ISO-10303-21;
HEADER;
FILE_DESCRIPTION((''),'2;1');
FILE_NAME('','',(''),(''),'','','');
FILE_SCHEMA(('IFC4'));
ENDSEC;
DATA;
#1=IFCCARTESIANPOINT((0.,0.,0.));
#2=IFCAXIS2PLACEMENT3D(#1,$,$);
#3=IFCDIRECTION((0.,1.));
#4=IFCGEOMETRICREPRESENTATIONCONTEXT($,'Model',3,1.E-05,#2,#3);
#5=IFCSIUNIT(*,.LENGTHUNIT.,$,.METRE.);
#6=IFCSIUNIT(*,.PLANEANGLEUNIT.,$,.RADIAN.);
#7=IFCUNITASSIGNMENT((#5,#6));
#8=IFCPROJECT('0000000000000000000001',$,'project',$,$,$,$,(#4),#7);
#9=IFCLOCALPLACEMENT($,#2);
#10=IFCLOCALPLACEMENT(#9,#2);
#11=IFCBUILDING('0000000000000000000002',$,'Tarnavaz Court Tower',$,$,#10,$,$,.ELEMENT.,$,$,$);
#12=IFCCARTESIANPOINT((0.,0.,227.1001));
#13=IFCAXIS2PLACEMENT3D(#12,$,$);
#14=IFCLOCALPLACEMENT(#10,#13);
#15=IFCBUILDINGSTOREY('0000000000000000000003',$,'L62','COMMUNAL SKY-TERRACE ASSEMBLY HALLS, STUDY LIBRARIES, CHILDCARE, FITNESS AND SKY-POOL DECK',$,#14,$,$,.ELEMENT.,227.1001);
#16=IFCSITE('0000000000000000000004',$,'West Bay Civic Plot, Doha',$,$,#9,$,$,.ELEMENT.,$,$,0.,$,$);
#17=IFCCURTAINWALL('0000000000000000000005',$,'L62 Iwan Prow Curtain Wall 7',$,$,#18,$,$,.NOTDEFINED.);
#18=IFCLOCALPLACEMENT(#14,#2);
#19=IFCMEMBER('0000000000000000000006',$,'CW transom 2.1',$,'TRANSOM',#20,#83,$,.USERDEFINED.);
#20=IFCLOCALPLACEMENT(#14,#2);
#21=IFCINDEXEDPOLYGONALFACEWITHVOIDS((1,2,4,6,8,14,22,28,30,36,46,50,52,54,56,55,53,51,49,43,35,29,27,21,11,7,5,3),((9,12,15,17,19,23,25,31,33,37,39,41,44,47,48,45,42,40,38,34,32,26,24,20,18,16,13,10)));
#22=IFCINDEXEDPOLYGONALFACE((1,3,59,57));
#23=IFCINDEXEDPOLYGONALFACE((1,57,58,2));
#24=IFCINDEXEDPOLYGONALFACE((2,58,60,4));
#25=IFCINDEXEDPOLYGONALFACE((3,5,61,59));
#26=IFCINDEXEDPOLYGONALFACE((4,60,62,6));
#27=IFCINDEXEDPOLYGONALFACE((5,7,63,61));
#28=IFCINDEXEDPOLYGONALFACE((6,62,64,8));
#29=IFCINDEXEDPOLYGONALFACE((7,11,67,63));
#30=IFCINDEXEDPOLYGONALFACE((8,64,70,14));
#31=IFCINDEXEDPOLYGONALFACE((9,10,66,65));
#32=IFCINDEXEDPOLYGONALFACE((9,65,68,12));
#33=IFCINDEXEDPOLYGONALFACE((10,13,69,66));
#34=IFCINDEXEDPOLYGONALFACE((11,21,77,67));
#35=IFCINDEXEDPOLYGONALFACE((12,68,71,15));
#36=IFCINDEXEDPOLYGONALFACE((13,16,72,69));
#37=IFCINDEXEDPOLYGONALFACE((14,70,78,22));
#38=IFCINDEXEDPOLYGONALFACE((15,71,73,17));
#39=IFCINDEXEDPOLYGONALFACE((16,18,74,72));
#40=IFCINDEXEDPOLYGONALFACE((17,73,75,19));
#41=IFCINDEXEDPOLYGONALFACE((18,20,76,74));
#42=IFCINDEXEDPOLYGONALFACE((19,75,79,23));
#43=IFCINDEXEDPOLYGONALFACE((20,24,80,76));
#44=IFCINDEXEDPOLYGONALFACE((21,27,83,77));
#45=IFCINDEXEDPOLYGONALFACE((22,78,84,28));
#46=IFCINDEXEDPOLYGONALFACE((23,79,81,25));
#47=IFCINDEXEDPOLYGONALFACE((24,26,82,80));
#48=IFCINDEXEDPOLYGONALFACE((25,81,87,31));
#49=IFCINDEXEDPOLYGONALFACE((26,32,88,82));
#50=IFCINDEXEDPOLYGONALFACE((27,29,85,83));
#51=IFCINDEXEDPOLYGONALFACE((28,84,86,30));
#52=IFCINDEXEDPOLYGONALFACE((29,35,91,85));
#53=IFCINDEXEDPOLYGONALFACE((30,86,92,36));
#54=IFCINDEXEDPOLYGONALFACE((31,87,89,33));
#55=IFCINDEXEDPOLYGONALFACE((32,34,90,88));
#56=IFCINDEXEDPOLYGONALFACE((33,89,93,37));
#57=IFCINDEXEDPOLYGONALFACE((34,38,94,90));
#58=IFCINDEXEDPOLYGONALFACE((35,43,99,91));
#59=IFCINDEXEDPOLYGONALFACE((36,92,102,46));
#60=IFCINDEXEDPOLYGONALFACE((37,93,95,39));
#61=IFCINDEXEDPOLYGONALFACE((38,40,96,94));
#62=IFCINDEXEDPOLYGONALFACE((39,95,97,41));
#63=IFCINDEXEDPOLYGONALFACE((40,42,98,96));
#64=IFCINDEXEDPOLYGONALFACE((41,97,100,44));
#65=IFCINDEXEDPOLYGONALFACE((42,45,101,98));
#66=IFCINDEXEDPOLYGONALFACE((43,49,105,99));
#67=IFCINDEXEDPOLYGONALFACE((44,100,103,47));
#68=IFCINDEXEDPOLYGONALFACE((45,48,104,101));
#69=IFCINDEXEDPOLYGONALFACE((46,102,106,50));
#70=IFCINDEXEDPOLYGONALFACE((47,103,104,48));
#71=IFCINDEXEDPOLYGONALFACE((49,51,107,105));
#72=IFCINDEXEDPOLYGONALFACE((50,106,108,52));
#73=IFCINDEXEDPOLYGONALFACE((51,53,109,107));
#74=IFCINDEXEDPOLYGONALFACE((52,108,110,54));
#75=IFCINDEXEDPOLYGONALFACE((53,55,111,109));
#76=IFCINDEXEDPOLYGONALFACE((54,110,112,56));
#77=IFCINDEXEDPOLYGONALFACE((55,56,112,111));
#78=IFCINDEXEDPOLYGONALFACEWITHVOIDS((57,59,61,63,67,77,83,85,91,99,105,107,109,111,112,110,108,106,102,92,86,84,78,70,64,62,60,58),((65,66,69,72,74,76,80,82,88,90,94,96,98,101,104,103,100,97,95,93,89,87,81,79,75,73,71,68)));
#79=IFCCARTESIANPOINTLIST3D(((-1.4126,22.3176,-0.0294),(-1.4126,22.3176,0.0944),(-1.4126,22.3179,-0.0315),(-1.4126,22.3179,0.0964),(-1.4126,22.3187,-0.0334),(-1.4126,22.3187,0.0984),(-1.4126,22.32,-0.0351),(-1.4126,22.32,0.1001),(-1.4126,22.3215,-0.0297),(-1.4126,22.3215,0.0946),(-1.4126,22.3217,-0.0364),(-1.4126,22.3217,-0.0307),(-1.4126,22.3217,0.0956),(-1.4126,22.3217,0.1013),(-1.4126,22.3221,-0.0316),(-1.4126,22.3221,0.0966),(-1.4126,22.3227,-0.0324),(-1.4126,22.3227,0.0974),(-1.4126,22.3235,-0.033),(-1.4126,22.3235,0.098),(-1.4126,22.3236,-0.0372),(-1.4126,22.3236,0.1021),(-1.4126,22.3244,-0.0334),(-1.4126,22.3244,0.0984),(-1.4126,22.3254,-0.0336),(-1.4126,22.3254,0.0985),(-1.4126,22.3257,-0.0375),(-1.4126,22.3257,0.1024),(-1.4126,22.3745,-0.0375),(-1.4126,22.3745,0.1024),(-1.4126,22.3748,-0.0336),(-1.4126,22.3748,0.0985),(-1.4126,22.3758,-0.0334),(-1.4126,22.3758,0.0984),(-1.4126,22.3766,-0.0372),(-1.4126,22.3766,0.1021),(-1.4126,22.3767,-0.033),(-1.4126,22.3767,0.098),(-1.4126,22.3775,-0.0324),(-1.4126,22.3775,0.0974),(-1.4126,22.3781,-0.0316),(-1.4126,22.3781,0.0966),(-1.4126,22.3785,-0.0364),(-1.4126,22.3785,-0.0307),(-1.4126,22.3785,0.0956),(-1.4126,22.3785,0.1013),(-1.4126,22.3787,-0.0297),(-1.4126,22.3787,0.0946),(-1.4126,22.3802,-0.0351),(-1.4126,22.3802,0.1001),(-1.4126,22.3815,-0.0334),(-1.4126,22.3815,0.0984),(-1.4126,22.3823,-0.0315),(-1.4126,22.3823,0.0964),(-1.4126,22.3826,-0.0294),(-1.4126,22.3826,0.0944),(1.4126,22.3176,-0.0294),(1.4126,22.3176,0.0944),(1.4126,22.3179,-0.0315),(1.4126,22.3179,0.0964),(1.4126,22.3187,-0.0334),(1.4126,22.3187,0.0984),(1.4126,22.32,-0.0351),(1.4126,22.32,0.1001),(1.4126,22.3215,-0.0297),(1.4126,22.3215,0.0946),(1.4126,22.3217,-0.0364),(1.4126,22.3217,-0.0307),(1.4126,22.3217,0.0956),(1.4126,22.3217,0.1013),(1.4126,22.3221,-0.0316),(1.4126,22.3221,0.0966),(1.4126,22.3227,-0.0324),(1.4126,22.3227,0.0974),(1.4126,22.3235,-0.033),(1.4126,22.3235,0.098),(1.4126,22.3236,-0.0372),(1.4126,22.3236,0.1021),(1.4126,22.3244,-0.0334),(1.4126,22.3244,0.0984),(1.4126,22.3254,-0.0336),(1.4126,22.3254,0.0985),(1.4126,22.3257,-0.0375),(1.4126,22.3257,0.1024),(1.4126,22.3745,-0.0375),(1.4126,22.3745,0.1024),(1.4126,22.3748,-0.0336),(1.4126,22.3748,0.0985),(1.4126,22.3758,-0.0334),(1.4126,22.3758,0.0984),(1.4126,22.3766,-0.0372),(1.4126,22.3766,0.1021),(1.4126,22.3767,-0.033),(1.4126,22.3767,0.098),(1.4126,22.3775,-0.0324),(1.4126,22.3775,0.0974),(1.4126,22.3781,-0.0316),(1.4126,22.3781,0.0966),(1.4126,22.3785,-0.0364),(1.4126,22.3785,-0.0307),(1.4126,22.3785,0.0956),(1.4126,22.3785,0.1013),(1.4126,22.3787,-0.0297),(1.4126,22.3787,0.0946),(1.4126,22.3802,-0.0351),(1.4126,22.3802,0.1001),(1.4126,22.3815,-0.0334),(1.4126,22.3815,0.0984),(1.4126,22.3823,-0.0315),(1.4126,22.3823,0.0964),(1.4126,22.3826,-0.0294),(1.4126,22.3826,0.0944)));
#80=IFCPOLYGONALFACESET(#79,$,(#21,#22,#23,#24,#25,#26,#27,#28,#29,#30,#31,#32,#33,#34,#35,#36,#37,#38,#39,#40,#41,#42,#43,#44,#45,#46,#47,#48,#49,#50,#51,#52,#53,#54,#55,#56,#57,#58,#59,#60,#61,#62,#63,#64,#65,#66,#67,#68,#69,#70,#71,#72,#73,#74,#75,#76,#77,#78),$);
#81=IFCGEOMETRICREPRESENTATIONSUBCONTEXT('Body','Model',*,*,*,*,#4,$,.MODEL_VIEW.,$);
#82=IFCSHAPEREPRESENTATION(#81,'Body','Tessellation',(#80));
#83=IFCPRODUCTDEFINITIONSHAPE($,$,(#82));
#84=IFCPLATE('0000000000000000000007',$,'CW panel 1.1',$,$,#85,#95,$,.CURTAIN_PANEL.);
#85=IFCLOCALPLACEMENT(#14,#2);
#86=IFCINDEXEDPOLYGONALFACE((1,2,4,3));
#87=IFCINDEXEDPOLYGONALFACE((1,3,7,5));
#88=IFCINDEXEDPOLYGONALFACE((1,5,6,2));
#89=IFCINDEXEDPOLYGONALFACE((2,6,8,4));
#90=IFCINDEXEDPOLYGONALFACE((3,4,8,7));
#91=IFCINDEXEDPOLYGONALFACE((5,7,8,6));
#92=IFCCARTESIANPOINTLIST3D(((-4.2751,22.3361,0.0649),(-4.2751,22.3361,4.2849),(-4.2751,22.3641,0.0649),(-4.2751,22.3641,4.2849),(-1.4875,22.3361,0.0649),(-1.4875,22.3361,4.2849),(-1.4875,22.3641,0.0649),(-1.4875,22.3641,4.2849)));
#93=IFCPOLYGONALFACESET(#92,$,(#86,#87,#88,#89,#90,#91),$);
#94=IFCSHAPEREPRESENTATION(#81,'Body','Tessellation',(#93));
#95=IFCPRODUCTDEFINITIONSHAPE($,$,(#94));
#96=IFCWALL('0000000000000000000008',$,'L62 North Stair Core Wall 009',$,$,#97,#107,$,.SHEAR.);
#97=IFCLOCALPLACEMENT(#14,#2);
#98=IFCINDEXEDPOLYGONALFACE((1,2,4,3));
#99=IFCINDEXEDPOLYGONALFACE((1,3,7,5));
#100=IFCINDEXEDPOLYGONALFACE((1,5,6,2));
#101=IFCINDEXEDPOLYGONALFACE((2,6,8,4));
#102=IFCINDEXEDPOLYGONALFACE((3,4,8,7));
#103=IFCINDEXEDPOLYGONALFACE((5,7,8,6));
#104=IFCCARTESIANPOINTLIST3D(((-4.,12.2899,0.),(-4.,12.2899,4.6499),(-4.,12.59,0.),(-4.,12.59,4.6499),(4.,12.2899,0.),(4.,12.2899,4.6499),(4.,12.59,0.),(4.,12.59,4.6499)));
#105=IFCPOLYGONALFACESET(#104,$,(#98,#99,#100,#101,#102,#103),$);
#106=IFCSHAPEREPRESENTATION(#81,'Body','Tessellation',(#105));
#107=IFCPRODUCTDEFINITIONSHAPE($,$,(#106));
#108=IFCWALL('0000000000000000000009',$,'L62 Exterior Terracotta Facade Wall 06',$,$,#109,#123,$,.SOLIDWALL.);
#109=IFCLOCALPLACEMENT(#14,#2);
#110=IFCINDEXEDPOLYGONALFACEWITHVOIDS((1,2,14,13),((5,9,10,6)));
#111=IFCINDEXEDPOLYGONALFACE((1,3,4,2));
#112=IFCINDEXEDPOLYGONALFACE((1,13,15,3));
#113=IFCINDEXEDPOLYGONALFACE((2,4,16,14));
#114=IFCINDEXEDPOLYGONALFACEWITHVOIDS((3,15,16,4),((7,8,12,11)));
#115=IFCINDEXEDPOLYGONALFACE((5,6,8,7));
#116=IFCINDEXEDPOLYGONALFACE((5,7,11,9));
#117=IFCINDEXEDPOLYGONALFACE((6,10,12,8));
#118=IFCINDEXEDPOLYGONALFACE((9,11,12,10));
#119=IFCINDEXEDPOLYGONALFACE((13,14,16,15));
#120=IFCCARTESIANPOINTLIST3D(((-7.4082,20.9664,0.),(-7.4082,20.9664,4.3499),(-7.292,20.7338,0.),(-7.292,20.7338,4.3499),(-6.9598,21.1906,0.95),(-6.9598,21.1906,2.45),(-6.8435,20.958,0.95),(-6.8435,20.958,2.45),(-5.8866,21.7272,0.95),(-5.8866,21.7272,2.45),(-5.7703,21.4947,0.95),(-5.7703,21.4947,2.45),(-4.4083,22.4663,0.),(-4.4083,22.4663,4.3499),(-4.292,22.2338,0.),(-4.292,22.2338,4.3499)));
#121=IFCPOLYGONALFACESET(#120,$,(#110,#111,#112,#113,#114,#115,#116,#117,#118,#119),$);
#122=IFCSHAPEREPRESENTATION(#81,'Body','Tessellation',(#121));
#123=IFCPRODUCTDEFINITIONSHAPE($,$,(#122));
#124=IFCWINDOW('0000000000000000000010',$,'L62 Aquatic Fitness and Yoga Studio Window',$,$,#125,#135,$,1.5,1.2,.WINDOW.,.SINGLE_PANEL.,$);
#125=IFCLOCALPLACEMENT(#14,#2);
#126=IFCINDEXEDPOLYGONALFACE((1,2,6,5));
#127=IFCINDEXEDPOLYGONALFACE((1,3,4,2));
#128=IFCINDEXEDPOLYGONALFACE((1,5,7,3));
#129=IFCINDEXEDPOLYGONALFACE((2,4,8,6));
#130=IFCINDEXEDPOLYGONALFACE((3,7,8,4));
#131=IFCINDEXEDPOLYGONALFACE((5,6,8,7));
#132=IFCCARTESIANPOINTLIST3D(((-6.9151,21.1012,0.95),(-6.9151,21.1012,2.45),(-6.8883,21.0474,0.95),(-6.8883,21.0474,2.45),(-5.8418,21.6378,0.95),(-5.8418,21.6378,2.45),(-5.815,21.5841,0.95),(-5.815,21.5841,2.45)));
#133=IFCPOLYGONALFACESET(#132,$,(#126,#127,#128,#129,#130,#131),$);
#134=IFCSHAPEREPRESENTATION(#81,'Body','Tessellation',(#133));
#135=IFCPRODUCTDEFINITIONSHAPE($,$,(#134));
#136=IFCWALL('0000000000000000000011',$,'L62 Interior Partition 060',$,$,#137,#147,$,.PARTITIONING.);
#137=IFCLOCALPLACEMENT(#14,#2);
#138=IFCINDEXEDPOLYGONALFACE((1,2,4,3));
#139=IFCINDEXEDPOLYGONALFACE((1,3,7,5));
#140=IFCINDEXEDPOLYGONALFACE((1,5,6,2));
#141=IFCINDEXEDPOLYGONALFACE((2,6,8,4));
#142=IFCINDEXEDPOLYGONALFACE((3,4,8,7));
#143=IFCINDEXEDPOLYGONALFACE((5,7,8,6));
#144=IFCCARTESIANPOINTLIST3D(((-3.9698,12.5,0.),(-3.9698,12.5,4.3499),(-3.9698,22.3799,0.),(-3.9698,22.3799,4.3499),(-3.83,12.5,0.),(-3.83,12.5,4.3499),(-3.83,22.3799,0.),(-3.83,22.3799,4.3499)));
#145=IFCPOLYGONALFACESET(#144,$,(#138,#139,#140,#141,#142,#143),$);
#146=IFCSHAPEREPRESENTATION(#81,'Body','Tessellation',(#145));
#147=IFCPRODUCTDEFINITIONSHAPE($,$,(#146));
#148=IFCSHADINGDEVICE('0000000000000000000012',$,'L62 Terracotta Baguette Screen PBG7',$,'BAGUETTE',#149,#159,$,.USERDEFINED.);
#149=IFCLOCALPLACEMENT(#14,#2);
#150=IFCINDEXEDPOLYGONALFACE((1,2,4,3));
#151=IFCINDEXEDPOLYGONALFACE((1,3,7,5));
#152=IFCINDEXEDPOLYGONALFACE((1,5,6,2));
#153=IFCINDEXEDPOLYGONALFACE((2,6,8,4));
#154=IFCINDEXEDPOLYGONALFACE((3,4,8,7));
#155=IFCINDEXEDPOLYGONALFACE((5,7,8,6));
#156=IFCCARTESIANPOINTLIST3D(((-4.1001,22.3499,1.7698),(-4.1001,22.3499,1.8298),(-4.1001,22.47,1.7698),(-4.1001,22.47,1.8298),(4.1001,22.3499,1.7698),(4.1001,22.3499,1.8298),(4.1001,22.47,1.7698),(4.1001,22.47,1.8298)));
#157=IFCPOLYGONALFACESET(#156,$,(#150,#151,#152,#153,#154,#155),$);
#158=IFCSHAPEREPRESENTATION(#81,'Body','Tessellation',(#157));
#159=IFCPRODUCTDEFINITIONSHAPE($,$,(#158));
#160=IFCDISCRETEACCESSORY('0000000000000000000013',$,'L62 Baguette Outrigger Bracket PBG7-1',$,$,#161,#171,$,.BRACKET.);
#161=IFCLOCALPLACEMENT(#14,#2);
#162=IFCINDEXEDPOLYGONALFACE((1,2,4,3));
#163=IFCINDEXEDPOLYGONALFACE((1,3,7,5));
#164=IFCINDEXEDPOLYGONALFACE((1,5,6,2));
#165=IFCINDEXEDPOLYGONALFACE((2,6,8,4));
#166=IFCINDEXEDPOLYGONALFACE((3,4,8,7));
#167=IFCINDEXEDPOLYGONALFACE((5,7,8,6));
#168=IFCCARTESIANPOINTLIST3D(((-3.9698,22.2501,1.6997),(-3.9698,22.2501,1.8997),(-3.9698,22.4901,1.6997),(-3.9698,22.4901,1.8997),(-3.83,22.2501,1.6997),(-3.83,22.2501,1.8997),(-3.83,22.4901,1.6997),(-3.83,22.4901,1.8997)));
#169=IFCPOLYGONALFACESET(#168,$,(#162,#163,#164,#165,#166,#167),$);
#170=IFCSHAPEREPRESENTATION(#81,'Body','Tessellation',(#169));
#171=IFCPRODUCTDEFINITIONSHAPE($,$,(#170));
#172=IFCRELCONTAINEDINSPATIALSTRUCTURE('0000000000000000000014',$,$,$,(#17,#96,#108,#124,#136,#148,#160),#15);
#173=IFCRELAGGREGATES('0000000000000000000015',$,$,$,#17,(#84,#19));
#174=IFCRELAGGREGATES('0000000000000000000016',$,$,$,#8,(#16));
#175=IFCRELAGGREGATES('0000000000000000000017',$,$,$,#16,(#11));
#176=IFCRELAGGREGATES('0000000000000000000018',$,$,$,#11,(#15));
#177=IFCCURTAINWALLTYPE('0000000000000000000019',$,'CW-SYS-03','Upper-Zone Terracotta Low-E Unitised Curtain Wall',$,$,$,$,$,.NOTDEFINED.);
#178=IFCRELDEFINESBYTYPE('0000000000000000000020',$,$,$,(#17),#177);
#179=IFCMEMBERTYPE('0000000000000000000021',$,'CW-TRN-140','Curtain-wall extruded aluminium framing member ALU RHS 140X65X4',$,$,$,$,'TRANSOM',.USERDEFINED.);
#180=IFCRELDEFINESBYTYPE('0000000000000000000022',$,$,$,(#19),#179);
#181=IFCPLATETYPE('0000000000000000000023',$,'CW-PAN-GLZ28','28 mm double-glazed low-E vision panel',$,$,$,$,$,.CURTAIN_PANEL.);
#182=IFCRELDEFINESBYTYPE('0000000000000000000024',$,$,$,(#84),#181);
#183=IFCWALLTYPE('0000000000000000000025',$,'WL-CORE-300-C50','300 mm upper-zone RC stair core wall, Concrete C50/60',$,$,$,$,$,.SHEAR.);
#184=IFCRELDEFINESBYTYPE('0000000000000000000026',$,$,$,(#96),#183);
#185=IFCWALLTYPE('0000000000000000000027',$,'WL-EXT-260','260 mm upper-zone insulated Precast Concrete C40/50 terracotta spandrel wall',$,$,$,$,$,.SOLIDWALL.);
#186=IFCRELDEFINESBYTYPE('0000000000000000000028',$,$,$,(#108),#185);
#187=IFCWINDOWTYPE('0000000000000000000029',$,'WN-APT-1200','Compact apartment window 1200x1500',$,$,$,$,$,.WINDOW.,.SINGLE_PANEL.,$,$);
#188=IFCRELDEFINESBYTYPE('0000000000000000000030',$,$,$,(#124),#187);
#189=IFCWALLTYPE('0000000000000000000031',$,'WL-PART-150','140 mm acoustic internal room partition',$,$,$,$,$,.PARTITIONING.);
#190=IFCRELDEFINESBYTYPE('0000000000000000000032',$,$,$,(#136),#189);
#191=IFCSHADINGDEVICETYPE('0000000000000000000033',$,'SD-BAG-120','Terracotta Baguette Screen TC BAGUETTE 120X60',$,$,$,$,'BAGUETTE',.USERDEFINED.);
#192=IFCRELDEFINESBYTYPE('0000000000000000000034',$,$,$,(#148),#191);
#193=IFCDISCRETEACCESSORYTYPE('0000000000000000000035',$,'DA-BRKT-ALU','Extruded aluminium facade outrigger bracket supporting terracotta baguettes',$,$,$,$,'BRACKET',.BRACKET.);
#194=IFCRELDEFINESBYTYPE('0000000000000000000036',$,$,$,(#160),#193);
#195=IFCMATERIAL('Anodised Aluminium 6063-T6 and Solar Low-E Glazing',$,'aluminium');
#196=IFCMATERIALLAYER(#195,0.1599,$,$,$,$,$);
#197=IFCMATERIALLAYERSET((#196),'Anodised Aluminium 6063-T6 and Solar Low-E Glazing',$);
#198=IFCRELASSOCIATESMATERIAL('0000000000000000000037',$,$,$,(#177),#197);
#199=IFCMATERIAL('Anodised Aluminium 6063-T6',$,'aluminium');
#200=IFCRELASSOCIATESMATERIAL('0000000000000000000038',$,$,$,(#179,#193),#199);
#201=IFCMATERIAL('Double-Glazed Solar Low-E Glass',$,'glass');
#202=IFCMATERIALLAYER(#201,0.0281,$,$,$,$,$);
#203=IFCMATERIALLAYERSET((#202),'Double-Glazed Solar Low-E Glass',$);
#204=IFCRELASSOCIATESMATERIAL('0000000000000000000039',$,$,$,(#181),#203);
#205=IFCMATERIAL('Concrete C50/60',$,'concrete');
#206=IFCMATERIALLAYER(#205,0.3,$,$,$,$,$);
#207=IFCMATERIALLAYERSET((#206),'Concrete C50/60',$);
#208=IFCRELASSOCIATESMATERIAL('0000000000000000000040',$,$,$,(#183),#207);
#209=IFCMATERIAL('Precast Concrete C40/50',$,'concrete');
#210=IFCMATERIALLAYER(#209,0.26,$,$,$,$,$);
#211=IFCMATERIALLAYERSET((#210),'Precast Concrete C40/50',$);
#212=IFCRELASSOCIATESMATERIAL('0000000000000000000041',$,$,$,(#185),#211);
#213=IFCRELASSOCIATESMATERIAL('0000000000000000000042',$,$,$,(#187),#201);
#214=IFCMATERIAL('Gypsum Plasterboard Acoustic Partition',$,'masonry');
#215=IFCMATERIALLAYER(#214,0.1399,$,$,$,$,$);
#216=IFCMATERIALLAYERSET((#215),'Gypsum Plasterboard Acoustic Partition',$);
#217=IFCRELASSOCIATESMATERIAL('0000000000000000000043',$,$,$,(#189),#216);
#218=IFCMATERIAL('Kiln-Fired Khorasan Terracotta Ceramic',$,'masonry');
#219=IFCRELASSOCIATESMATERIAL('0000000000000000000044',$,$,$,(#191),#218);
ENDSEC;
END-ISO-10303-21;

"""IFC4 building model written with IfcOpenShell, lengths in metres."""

from ifc_helpers import new_model, si_unit, direction, frame, frame_2d, origin, origin_2d, place, context, subcontext, project, spatial, rectangle, hollow_rectangle, extrude, material, layer, layer_set, material_profile, profile_set, type_object, element, fill, aggregate, save


model = new_model("IFC4")

# Units and contexts
model_context = context("Model", 3, precision=1e-05, world=origin(), true_north=direction((0.0, 1.0)))
body_context = subcontext(model_context, "Body", "Model", "MODEL_VIEW")
ifc_project = project(units=[si_unit("LENGTHUNIT", "METRE"), si_unit("PLANEANGLEUNIT", "RADIAN")], contexts=[model_context])

# Site, building, storey
site_placement = place(None, origin())
site = spatial("IfcSite", under=ifc_project, at=site_placement, Name="West Bay Civic Plot, Doha", CompositionType="ELEMENT", RefElevation=0.0)
building_placement = place(site_placement, origin())
building = spatial("IfcBuilding", under=site, at=building_placement, Name="Tarnavaz Court Tower", CompositionType="ELEMENT")
storey_placement = place(building_placement, frame((0.0, 0.0, 227.1001)))
storey = spatial("IfcBuildingStorey", under=building, at=storey_placement, Name="L62", Description="COMMUNAL SKY-TERRACE ASSEMBLY HALLS, STUDY LIBRARIES, CHILDCARE, FITNESS AND SKY-POOL DECK", CompositionType="ELEMENT", Elevation=227.1001)

# Curtain wall, member, plate
ifc_material_1 = material(Name="Anodised Aluminium 6063-T6 and Solar Low-E Glazing", Category="aluminium")
ifc_layer_1 = layer(ifc_material_1, 0.1599)
ifc_layer_set_1 = layer_set([ifc_layer_1], Name="Anodised Aluminium 6063-T6 and Solar Low-E Glazing")
curtain_wall_type = type_object("IfcCurtainWallType", Name="CW-SYS-03", Description="Upper-Zone Terracotta Low-E Unitised Curtain Wall", PredefinedType="NOTDEFINED", material=ifc_layer_set_1)
curtain_wall_placement = place(storey_placement, origin())
curtain_wall = element("IfcCurtainWall", 1, at=curtain_wall_placement, inside=storey, type_object=curtain_wall_type, Name="L62 Iwan Prow Curtain Wall 7", PredefinedType="NOTDEFINED")
ifc_material_2 = material(Name="Anodised Aluminium 6063-T6", Category="aluminium")
ifc_material_profile_1 = material_profile(ifc_material_2, hollow_rectangle(XDim=0.0649, YDim=0.1399, WallThickness=0.0039, InnerFilletRadius=0.0039, OuterFilletRadius=0.0081, at=origin_2d()), Name="ALU RHS 140X65X4")
ifc_profile_set_1 = profile_set([ifc_material_profile_1], Name="Anodised Aluminium 6063-T6")
member_type_1 = type_object("IfcMemberType", Name="CW-TRN-140", Description="Curtain-wall extruded aluminium framing member ALU RHS 140X65X4", ElementType="TRANSOM", PredefinedType="USERDEFINED", material=ifc_profile_set_1)
member_1_placement = place(storey_placement, frame((-1.4126, 22.3501, 0.0325), z_axis=(1.0, 0.0, 0.0), x_axis=(0.0, 1.0, 0.0)))
member_1 = element("IfcMember", 2, at=member_1_placement, type_object=member_type_1, Name="CW transom 2.1", ObjectType="TRANSOM", PredefinedType="USERDEFINED", context=body_context, shape_type="SweptSolid", body=[
    extrude(hollow_rectangle(XDim=0.0649, YDim=0.1399, WallThickness=0.0039, InnerFilletRadius=0.0039, OuterFilletRadius=0.0081, at=origin_2d()), origin(), (0.0, 0.0, 1.0), 2.8252),
])
ifc_material_3 = material(Name="Double-Glazed Solar Low-E Glass", Category="glass")
ifc_layer_2 = layer(ifc_material_3, 0.0281)
ifc_layer_set_2 = layer_set([ifc_layer_2], Name="Double-Glazed Solar Low-E Glass")
plate_type = type_object("IfcPlateType", Name="CW-PAN-GLZ28", Description="28 mm double-glazed low-E vision panel", PredefinedType="CURTAIN_PANEL", material=ifc_layer_set_2)
plate_placement = place(storey_placement, frame((-2.8813, 22.3501, 0.0649), z_axis=(0.0, 0.0, 1.0), x_axis=(1.0, 0.0, 0.0)))
plate = element("IfcPlate", 3, at=plate_placement, type_object=plate_type, Name="CW panel 1.1", PredefinedType="CURTAIN_PANEL", context=body_context, shape_type="SweptSolid", body=[
    extrude(rectangle(XDim=2.7876, YDim=0.0281, at=origin_2d()), origin(), (0.0, 0.0, 1.0), 4.22),
])
aggregate(curtain_wall, [plate, member_1])

# Wall
ifc_material_4 = material(Name="Concrete C50/60", Category="concrete")
ifc_layer_3 = layer(ifc_material_4, 0.3)
ifc_layer_set_3 = layer_set([ifc_layer_3], Name="Concrete C50/60")
wall_type_1 = type_object("IfcWallType", Name="WL-CORE-300-C50", Description="300 mm upper-zone RC stair core wall, Concrete C50/60", PredefinedType="SHEAR", material=ifc_layer_set_3)
wall_1_placement = place(storey_placement, frame((-4.0, 12.4399, 0.0), z_axis=(0.0, 0.0, 1.0), x_axis=(1.0, 0.0, 0.0)))
element("IfcWall", 4, at=wall_1_placement, inside=storey, type_object=wall_type_1, Name="L62 North Stair Core Wall 009", PredefinedType="SHEAR", context=body_context, shape_type="SweptSolid", body=[
    extrude(rectangle(XDim=8.0, YDim=0.3, at=frame_2d((4.0, 0.0))), origin(), (0.0, 0.0, 1.0), 4.6499),
])

# Wall, opening, window
ifc_material_5 = material(Name="Precast Concrete C40/50", Category="concrete")
ifc_layer_4 = layer(ifc_material_5, 0.26)
ifc_layer_set_4 = layer_set([ifc_layer_4], Name="Precast Concrete C40/50")
wall_type_2 = type_object("IfcWallType", Name="WL-EXT-260", Description="260 mm upper-zone insulated Precast Concrete C40/50 terracotta spandrel wall", PredefinedType="SOLIDWALL", material=ifc_layer_set_4)
wall_2_placement = place(storey_placement, frame((-7.3501, 20.8501, 0.0), z_axis=(0.0, 0.0, 1.0), x_axis=(0.894427, 0.447214, 0.0)))
wall_2 = element("IfcWall", 5, at=wall_2_placement, inside=storey, type_object=wall_type_2, Name="L62 Exterior Terracotta Facade Wall 06", PredefinedType="SOLIDWALL", context=body_context, shape_type="SweptSolid", body=[
    extrude(rectangle(XDim=3.354, YDim=0.26, at=frame_2d((1.677, 0.0))), origin(), (0.0, 0.0, 1.0), 4.3499),
])
opening_placement = place(wall_2_placement, frame((0.5012, 0.0, 0.95)))
opening = element("IfcOpeningElement", 6, at=opening_placement, cuts=wall_2, PredefinedType="OPENING", context=body_context, shape_type="SweptSolid", body=[
    extrude(rectangle(XDim=1.2, YDim=1.5, at=frame_2d((0.6001, 0.75))), frame((0.0, 0.1399, 0.0), z_axis=(0.0, -1.0, 0.0), x_axis=(1.0, 0.0, 0.0)), (0.0, 0.0, 1.0), 0.28),
])
window_type = type_object("IfcWindowType", Name="WN-APT-1200", Description="Compact apartment window 1200x1500", PartitioningType="SINGLE_PANEL", PredefinedType="WINDOW", material=ifc_material_3)
window_placement = place(opening_placement, origin())
window = element("IfcWindow", 7, at=window_placement, inside=storey, type_object=window_type, Name="L62 Aquatic Fitness and Yoga Studio Window", OverallHeight=1.5, OverallWidth=1.2, PartitioningType="SINGLE_PANEL", PredefinedType="WINDOW", context=body_context, shape_type="SweptSolid", body=[
    extrude(rectangle(XDim=1.2, YDim=1.5, at=frame_2d((0.6001, 0.75))), frame((0.0, 0.03, 0.0), z_axis=(0.0, -1.0, 0.0), x_axis=(1.0, 0.0, 0.0)), (0.0, 0.0, 1.0), 0.0601),
])
fill(opening, window)

# Wall
ifc_material_6 = material(Name="Gypsum Plasterboard Acoustic Partition", Category="masonry")
ifc_layer_5 = layer(ifc_material_6, 0.1399)
ifc_layer_set_5 = layer_set([ifc_layer_5], Name="Gypsum Plasterboard Acoustic Partition")
wall_type_3 = type_object("IfcWallType", Name="WL-PART-150", Description="140 mm acoustic internal room partition", PredefinedType="PARTITIONING", material=ifc_layer_set_5)
wall_3_placement = place(storey_placement, frame((-3.8999, 12.5, 0.0), z_axis=(0.0, 0.0, 1.0), x_axis=(0.0, 1.0, 0.0)))
element("IfcWall", 8, at=wall_3_placement, inside=storey, type_object=wall_type_3, Name="L62 Interior Partition 060", PredefinedType="PARTITIONING", context=body_context, shape_type="SweptSolid", body=[
    extrude(rectangle(XDim=9.8799, YDim=0.1399, at=frame_2d((4.9399, 0.0))), origin(), (0.0, 0.0, 1.0), 4.3499),
])

# Shading device
ifc_material_7 = material(Name="Kiln-Fired Khorasan Terracotta Ceramic", Category="masonry")
ifc_material_profile_2 = material_profile(ifc_material_7, rectangle(XDim=0.1201, YDim=0.0601, at=origin_2d()), Name="TC BAGUETTE 120X60")
ifc_profile_set_2 = profile_set([ifc_material_profile_2], Name="Kiln-Fired Khorasan Terracotta Ceramic")
shading_device_type = type_object("IfcShadingDeviceType", Name="SD-BAG-120", Description="Terracotta Baguette Screen TC BAGUETTE 120X60", ElementType="BAGUETTE", PredefinedType="USERDEFINED", material=ifc_profile_set_2)
shading_device_placement = place(storey_placement, frame((-4.1001, 22.4099, 1.7998), z_axis=(1.0, 0.0, 0.0), x_axis=(0.0, 1.0, 0.0)))
element("IfcShadingDevice", 9, at=shading_device_placement, inside=storey, type_object=shading_device_type, Name="L62 Terracotta Baguette Screen PBG7", ObjectType="BAGUETTE", PredefinedType="USERDEFINED", context=body_context, shape_type="SweptSolid", body=[
    extrude(rectangle(XDim=0.1201, YDim=0.0601, at=origin_2d()), origin(), (0.0, 0.0, 1.0), 8.2002),
])

# Discrete accessory
discrete_accessory_type = type_object("IfcDiscreteAccessoryType", Name="DA-BRKT-ALU", Description="Extruded aluminium facade outrigger bracket supporting terracotta baguettes", ElementType="BRACKET", PredefinedType="BRACKET", material=ifc_material_2)
discrete_accessory_1_placement = place(storey_placement, frame((-3.8999, 22.3701, 1.6997), z_axis=(0.0, 0.0, 1.0), x_axis=(1.0, 0.0, 0.0)))
element("IfcDiscreteAccessory", 10, at=discrete_accessory_1_placement, inside=storey, type_object=discrete_accessory_type, Name="L62 Baguette Outrigger Bracket PBG7-1", PredefinedType="BRACKET", context=body_context, shape_type="SweptSolid", body=[
    extrude(rectangle(XDim=0.1399, YDim=0.24, at=origin_2d()), origin(), (0.0, 0.0, 1.0), 0.2),
])

save(model, "model.ifc")
